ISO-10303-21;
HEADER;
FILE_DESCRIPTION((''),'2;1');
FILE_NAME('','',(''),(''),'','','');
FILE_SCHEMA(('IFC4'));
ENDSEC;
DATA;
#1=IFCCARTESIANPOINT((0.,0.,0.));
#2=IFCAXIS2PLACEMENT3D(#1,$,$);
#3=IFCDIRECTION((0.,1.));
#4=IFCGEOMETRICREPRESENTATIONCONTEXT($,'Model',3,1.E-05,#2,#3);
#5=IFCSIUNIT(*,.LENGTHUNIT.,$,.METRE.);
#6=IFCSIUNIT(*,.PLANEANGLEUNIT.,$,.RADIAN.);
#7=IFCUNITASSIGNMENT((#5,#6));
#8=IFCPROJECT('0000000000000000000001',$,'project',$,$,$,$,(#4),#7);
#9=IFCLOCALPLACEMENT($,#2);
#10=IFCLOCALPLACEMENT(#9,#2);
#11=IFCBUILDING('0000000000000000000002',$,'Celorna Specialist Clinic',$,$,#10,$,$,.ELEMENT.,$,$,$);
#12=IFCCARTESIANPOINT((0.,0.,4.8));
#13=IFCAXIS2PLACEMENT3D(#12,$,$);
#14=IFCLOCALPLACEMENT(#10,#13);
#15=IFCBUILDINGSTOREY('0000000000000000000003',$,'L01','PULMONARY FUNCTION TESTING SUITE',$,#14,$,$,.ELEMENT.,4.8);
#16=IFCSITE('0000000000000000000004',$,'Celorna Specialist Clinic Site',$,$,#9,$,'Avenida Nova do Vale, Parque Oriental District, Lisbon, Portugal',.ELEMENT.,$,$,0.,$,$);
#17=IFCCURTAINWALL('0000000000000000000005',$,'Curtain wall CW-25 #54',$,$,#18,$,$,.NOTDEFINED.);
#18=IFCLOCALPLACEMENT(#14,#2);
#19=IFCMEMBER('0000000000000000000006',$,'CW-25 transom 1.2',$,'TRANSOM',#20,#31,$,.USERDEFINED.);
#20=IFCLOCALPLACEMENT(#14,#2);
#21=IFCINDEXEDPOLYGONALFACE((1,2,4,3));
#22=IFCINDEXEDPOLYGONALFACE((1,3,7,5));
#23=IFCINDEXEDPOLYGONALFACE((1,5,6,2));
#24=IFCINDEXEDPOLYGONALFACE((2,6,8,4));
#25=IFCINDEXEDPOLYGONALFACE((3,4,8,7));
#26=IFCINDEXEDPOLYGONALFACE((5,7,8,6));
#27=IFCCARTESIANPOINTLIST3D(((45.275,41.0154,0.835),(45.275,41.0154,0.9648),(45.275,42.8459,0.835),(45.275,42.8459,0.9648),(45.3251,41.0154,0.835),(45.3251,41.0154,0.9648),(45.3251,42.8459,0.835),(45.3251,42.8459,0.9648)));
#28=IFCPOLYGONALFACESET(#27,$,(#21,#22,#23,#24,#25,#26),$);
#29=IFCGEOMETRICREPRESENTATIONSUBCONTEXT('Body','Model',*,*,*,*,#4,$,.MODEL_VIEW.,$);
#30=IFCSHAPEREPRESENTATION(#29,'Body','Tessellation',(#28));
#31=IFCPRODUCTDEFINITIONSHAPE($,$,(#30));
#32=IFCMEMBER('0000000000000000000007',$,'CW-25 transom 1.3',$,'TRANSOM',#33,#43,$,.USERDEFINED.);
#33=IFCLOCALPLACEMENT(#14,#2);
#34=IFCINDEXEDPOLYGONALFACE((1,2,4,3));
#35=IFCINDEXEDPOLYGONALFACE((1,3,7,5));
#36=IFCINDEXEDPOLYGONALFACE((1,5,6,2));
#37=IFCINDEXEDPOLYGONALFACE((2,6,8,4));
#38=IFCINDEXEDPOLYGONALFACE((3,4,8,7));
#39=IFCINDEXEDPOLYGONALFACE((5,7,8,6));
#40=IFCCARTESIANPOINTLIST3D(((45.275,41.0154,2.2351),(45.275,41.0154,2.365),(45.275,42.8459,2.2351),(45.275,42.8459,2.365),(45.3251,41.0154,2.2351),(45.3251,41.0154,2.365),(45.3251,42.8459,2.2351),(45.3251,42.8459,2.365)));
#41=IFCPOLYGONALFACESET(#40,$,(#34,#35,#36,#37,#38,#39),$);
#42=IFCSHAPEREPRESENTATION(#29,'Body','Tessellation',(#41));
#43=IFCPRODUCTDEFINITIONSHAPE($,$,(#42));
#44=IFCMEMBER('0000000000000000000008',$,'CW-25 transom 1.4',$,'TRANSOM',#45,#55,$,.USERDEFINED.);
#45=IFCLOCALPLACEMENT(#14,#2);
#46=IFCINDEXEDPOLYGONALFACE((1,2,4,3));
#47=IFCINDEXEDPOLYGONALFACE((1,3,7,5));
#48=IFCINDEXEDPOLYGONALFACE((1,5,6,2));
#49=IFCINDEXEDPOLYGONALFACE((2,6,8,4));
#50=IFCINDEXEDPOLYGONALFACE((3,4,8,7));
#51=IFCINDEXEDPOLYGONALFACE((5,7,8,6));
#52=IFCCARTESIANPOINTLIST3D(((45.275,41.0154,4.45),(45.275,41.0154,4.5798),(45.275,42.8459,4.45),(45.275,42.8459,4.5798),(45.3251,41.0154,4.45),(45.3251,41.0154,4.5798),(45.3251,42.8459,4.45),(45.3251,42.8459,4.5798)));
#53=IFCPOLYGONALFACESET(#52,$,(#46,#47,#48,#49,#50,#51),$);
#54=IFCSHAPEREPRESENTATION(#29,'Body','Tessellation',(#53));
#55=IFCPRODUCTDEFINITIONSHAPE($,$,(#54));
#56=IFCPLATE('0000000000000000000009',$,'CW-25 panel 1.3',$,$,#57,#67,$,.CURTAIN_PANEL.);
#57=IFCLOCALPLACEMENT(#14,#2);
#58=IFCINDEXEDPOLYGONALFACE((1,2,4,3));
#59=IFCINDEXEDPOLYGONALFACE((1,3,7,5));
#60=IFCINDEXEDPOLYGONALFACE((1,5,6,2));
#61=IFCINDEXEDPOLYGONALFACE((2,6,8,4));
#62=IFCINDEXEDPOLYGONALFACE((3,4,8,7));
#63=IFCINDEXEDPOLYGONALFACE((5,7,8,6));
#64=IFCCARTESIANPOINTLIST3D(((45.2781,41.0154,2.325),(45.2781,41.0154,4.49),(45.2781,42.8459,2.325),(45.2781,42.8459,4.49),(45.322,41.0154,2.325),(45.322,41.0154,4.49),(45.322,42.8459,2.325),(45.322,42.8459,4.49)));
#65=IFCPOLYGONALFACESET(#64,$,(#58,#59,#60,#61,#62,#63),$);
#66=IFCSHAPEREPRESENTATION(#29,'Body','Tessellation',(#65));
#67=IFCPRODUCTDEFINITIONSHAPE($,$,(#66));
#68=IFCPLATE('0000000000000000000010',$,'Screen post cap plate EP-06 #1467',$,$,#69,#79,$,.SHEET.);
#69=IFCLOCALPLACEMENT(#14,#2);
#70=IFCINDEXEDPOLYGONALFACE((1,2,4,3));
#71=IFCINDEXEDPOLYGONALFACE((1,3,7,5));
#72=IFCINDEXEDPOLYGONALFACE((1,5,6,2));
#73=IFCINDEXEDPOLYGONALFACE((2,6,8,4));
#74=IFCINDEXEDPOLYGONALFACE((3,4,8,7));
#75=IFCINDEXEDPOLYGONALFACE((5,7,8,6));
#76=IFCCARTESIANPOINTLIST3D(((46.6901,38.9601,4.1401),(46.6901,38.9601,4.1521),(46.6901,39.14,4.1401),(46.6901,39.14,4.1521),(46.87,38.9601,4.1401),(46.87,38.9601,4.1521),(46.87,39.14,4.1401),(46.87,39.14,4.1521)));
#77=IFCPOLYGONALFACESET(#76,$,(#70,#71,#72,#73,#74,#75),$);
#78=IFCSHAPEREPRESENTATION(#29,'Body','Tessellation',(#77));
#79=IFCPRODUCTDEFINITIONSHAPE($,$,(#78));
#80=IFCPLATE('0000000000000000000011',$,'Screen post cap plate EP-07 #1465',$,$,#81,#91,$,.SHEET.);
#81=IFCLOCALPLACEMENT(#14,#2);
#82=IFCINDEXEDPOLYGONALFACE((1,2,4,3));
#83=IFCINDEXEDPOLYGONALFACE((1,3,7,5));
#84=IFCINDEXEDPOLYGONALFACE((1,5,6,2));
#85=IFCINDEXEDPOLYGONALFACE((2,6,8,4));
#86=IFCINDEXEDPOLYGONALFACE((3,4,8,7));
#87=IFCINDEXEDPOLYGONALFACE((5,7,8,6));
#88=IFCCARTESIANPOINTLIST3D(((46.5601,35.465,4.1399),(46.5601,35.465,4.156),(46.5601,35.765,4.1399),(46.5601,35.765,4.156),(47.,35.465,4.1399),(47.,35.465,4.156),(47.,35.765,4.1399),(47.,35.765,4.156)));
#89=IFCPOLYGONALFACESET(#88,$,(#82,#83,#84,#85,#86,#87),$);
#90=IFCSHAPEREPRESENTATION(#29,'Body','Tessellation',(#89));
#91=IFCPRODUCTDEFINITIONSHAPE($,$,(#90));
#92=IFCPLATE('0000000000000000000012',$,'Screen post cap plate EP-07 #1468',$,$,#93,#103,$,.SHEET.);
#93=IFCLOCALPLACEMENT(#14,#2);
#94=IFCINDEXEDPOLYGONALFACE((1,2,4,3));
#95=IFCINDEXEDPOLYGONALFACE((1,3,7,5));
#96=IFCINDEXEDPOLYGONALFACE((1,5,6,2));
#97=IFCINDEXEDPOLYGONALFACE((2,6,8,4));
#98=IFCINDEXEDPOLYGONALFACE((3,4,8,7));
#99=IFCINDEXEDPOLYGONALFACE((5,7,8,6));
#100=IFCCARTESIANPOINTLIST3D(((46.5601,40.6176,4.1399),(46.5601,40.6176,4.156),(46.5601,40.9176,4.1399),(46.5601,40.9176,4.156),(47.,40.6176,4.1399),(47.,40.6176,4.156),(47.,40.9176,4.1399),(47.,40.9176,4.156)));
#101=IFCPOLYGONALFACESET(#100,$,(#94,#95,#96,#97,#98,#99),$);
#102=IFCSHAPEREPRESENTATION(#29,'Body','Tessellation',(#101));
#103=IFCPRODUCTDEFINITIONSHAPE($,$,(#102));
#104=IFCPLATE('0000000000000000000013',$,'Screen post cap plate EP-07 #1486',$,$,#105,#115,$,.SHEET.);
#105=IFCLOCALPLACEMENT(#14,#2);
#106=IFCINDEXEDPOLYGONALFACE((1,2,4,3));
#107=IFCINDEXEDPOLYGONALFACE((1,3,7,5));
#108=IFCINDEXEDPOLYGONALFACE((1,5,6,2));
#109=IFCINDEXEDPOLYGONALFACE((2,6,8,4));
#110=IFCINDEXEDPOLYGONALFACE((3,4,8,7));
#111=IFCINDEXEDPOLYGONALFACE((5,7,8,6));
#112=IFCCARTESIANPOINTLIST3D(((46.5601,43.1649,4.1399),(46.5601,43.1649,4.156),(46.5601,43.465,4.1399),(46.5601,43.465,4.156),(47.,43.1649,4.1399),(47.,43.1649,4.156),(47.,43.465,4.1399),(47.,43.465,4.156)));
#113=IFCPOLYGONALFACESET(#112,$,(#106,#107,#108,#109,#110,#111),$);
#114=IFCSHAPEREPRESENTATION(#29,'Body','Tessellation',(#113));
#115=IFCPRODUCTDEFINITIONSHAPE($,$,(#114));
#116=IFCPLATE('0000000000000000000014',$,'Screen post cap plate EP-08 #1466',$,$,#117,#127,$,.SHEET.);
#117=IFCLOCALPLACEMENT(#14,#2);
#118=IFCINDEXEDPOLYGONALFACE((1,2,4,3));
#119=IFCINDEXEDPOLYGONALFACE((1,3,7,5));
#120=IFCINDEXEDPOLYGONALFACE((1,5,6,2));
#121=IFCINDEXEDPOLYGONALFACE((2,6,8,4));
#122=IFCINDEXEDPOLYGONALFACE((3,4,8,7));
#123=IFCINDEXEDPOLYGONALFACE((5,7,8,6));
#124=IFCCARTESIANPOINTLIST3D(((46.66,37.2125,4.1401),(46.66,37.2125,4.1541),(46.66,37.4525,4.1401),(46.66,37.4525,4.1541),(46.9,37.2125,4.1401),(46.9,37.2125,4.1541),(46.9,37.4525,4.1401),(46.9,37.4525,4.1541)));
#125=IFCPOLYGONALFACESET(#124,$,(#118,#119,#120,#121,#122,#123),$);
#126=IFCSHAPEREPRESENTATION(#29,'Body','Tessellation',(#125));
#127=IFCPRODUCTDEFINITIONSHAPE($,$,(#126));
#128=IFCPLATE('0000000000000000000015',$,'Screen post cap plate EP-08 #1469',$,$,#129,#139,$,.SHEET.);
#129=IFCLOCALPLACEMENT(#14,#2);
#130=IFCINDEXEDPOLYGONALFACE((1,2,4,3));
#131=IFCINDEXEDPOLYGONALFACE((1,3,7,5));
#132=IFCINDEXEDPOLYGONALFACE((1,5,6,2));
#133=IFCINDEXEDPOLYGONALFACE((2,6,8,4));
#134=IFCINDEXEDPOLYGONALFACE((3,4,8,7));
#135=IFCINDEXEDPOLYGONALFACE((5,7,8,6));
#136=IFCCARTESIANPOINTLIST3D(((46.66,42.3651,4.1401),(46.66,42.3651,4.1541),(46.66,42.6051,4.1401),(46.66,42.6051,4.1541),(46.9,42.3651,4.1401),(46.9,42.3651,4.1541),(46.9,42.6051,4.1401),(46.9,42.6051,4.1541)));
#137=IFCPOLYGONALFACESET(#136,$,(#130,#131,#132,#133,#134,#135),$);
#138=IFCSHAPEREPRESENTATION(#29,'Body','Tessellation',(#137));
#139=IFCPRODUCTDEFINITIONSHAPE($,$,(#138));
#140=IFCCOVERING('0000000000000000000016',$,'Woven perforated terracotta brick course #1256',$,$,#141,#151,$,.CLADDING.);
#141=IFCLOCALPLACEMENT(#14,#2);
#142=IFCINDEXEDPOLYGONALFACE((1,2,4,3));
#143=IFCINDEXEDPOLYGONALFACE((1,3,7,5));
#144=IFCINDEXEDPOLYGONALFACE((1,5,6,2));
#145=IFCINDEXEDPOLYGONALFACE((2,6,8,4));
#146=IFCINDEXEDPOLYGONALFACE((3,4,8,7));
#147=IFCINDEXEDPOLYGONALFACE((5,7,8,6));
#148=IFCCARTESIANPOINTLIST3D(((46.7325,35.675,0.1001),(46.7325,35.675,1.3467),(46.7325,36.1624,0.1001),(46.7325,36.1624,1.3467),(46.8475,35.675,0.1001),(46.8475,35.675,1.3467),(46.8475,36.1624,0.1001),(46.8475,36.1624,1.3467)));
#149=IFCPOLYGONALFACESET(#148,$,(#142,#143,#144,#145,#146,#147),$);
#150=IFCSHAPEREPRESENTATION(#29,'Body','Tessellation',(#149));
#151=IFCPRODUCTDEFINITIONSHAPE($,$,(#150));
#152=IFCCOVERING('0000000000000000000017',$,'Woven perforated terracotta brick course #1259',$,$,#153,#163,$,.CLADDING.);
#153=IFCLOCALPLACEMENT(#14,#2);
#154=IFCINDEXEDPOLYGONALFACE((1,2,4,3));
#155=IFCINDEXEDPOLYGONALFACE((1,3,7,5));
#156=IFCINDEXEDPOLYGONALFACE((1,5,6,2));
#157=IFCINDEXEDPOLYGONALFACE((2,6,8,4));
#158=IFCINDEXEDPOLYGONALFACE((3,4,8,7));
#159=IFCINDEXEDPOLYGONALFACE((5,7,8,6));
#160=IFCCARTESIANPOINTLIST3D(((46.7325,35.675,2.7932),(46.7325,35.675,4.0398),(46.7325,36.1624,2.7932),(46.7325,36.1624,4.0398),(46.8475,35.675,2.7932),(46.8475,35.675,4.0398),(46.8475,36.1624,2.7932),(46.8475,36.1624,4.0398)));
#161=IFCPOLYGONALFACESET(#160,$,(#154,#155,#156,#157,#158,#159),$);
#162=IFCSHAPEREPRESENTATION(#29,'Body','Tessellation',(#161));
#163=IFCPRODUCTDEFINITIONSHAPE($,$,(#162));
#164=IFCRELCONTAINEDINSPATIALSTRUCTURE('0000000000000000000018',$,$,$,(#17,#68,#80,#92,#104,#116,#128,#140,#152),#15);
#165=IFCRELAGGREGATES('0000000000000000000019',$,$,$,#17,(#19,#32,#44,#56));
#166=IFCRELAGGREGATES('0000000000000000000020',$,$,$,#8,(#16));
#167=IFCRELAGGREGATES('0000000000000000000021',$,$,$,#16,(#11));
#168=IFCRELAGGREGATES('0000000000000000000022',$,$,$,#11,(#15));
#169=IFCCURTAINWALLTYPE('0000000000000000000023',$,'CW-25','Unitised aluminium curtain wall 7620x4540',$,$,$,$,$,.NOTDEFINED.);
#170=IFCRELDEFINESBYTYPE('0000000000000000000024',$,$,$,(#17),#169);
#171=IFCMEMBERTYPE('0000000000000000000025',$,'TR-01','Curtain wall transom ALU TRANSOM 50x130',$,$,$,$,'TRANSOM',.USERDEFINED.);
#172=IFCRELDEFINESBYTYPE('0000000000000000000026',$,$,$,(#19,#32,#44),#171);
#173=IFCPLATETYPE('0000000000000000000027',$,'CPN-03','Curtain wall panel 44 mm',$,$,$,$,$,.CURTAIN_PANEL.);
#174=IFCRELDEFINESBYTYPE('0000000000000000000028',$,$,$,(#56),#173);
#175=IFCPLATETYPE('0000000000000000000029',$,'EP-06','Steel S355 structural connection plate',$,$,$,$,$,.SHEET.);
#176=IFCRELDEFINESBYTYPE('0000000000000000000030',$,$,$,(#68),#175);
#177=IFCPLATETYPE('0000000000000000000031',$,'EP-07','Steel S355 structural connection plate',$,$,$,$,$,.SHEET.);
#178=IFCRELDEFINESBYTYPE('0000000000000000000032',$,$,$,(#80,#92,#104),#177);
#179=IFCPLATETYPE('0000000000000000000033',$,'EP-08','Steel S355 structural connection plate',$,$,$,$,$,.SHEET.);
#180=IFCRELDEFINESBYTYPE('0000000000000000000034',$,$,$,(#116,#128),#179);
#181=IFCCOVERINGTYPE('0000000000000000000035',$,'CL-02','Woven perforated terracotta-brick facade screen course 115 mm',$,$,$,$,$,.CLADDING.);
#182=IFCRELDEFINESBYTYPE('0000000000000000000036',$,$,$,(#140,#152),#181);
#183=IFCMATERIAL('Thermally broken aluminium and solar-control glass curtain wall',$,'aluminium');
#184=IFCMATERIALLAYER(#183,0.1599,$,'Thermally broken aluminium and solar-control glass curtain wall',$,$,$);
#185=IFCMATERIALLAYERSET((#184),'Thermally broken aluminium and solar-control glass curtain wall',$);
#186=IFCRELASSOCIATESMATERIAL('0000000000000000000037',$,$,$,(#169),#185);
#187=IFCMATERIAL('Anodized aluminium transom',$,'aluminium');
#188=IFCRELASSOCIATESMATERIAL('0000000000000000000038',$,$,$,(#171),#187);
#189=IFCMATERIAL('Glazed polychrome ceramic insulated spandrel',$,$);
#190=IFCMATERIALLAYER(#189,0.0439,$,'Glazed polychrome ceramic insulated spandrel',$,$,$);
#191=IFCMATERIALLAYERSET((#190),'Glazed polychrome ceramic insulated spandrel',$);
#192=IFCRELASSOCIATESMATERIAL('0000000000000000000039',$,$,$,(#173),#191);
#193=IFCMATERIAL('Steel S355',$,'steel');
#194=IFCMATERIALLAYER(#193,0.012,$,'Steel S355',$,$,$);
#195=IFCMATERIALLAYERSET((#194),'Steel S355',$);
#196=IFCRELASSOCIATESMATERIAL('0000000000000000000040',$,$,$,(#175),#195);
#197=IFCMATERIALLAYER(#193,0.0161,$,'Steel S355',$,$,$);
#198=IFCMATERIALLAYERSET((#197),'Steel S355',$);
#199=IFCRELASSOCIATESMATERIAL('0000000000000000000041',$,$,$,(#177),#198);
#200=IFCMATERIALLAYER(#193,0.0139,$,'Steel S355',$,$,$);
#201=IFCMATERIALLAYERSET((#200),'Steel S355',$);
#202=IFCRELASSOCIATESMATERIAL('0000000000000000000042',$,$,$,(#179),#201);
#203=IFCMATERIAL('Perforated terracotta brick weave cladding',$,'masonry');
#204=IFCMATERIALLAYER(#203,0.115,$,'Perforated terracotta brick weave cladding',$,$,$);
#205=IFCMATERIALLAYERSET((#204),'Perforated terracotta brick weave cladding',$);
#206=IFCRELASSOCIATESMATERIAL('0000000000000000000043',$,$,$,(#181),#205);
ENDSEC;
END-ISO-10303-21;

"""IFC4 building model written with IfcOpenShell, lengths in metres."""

from ifc_helpers import new_model, si_unit, direction, frame, origin, origin_2d, place, context, subcontext, project, spatial, rectangle, extrude, material, layer, layer_set, material_profile, profile_set, type_object, element, aggregate, save


model = new_model("IFC4")

# Units and contexts
model_context = context("Model", 3, precision=1e-05, world=origin(), true_north=direction((0.0, 1.0)))
body_context = subcontext(model_context, "Body", "Model", "MODEL_VIEW")
ifc_project = project(units=[si_unit("LENGTHUNIT", "METRE"), si_unit("PLANEANGLEUNIT", "RADIAN")], contexts=[model_context])

# Site, building, storey
site_placement = place(None, origin())
site = spatial("IfcSite", under=ifc_project, at=site_placement, Name="Celorna Specialist Clinic Site", LongName="Avenida Nova do Vale, Parque Oriental District, Lisbon, Portugal", CompositionType="ELEMENT", RefElevation=0.0)
building_placement = place(site_placement, origin())
building = spatial("IfcBuilding", under=site, at=building_placement, Name="Celorna Specialist Clinic", CompositionType="ELEMENT")
storey_placement = place(building_placement, frame((0.0, 0.0, 4.8)))
storey = spatial("IfcBuildingStorey", under=building, at=storey_placement, Name="L01", Description="PULMONARY FUNCTION TESTING SUITE", CompositionType="ELEMENT", Elevation=4.8)

# Shared definitions
ifc_material_1 = material(Name="Steel S355", Category="steel")

# Curtain wall, members, plate
ifc_material_2 = material(Name="Thermally broken aluminium and solar-control glass curtain wall", Category="aluminium")
ifc_layer_1 = layer(ifc_material_2, 0.1599, Name="Thermally broken aluminium and solar-control glass curtain wall")
ifc_layer_set_1 = layer_set([ifc_layer_1], Name="Thermally broken aluminium and solar-control glass curtain wall")
curtain_wall_type = type_object("IfcCurtainWallType", Name="CW-25", Description="Unitised aluminium curtain wall 7620x4540", PredefinedType="NOTDEFINED", material=ifc_layer_set_1)
curtain_wall_placement = place(storey_placement, origin())
curtain_wall = element("IfcCurtainWall", 1, at=curtain_wall_placement, inside=storey, type_object=curtain_wall_type, Name="Curtain wall CW-25 #54", PredefinedType="NOTDEFINED")
ifc_material_3 = material(Name="Anodized aluminium transom", Category="aluminium")
ifc_material_profile_1 = material_profile(ifc_material_3, rectangle(XDim=0.05, YDim=0.1299, at=origin_2d()), Name="ALU TRANSOM 50x130")
ifc_profile_set_1 = profile_set([ifc_material_profile_1], Name="Anodized aluminium transom")
member_type_1 = type_object("IfcMemberType", Name="TR-01", Description="Curtain wall transom ALU TRANSOM 50x130", ElementType="TRANSOM", PredefinedType="USERDEFINED", material=ifc_profile_set_1)
member_1_placement = place(storey_placement, frame((45.3, 42.8459, 0.8999), z_axis=(0.0, -1.0, 0.0), x_axis=(1.0, 0.0, 0.0)))
member_1 = element("IfcMember", 2, at=member_1_placement, type_object=member_type_1, Name="CW-25 transom 1.2", ObjectType="TRANSOM", PredefinedType="USERDEFINED", context=body_context, shape_type="SweptSolid", body=[
    extrude(rectangle(XDim=0.05, YDim=0.1299, at=origin_2d()), origin(), (0.0, 0.0, 1.0), 1.8306),
])
member_2_placement = place(storey_placement, frame((45.3, 42.8459, 2.3), z_axis=(0.0, -1.0, 0.0), x_axis=(1.0, 0.0, 0.0)))
member_2 = element("IfcMember", 3, at=member_2_placement, type_object=member_type_1, Name="CW-25 transom 1.3", ObjectType="TRANSOM", PredefinedType="USERDEFINED", context=body_context, shape_type="SweptSolid", body=[
    extrude(rectangle(XDim=0.05, YDim=0.1299, at=origin_2d()), origin(), (0.0, 0.0, 1.0), 1.8306),
])
member_3_placement = place(storey_placement, frame((45.3, 42.8459, 4.5149), z_axis=(0.0, -1.0, 0.0), x_axis=(1.0, 0.0, 0.0)))
member_3 = element("IfcMember", 4, at=member_3_placement, type_object=member_type_1, Name="CW-25 transom 1.4", ObjectType="TRANSOM", PredefinedType="USERDEFINED", context=body_context, shape_type="SweptSolid", body=[
    extrude(rectangle(XDim=0.05, YDim=0.1299, at=origin_2d()), origin(), (0.0, 0.0, 1.0), 1.8306),
])
ifc_material_4 = material(Name="Glazed polychrome ceramic insulated spandrel")
ifc_layer_2 = layer(ifc_material_4, 0.0439, Name="Glazed polychrome ceramic insulated spandrel")
ifc_layer_set_2 = layer_set([ifc_layer_2], Name="Glazed polychrome ceramic insulated spandrel")
plate_type_1 = type_object("IfcPlateType", Name="CPN-03", Description="Curtain wall panel 44 mm", PredefinedType="CURTAIN_PANEL", material=ifc_layer_set_2)
plate_1_placement = place(storey_placement, frame((45.3, 41.9307, 2.325), z_axis=(0.0, 0.0, 1.0), x_axis=(0.0, -1.0, 0.0)))
plate_1 = element("IfcPlate", 5, at=plate_1_placement, type_object=plate_type_1, Name="CW-25 panel 1.3", PredefinedType="CURTAIN_PANEL", context=body_context, shape_type="SweptSolid", body=[
    extrude(rectangle(XDim=1.8306, YDim=0.0439, at=origin_2d()), origin(), (0.0, 0.0, 1.0), 2.165),
])
aggregate(curtain_wall, [member_1, member_2, member_3, plate_1])

# Plates
ifc_layer_3 = layer(ifc_material_1, 0.012, Name="Steel S355")
ifc_layer_set_3 = layer_set([ifc_layer_3], Name="Steel S355")
plate_type_2 = type_object("IfcPlateType", Name="EP-06", Description="Steel S355 structural connection plate", PredefinedType="SHEET", material=ifc_layer_set_3)
plate_2_placement = place(storey_placement, frame((46.78, 39.05, 4.1401), z_axis=(0.0, 0.0, 1.0), x_axis=(0.0, 1.0, 0.0)))
element("IfcPlate", 6, at=plate_2_placement, inside=storey, type_object=plate_type_2, Name="Screen post cap plate EP-06 #1467", PredefinedType="SHEET", context=body_context, shape_type="SweptSolid", body=[
    extrude(rectangle(XDim=0.1799, YDim=0.1799, at=origin_2d()), origin(), (0.0, 0.0, 1.0), 0.012),
])
ifc_layer_4 = layer(ifc_material_1, 0.0161, Name="Steel S355")
ifc_layer_set_4 = layer_set([ifc_layer_4], Name="Steel S355")
plate_type_3 = type_object("IfcPlateType", Name="EP-07", Description="Steel S355 structural connection plate", PredefinedType="SHEET", material=ifc_layer_set_4)
for number, where, z_axis, x_axis, name in (
    (7, (46.78, 35.615, 4.1399), (0.0, 0.0, 1.0), (0.0, 1.0, 0.0), "Screen post cap plate EP-07 #1465"),
    (8, (46.78, 40.7676, 4.1399), (0.0, 0.0, 1.0), (0.0, 1.0, 0.0), "Screen post cap plate EP-07 #1468"),
    (9, (46.78, 43.3149, 4.1399), (0.0, 0.0, 1.0), (0.0, 1.0, 0.0), "Screen post cap plate EP-07 #1486"),
):
    element("IfcPlate", number, at=place(storey_placement, frame(where, z_axis=z_axis, x_axis=x_axis)), inside=storey, type_object=plate_type_3, Name=name, PredefinedType="SHEET", context=body_context, shape_type="SweptSolid", body=[
        extrude(rectangle(XDim=0.3, YDim=0.4399, at=origin_2d()), origin(), (0.0, 0.0, 1.0), 0.0161),
    ])
ifc_layer_5 = layer(ifc_material_1, 0.0139, Name="Steel S355")
ifc_layer_set_5 = layer_set([ifc_layer_5], Name="Steel S355")
plate_type_4 = type_object("IfcPlateType", Name="EP-08", Description="Steel S355 structural connection plate", PredefinedType="SHEET", material=ifc_layer_set_5)
for number, where, z_axis, x_axis, name in (
    (10, (46.78, 37.3325, 4.1401), (0.0, 0.0, 1.0), (0.0, 1.0, 0.0), "Screen post cap plate EP-08 #1466"),
    (11, (46.78, 42.4851, 4.1401), (0.0, 0.0, 1.0), (0.0, 1.0, 0.0), "Screen post cap plate EP-08 #1469"),
):
    element("IfcPlate", number, at=place(storey_placement, frame(where, z_axis=z_axis, x_axis=x_axis)), inside=storey, type_object=plate_type_4, Name=name, PredefinedType="SHEET", context=body_context, shape_type="SweptSolid", body=[
        extrude(rectangle(XDim=0.24, YDim=0.24, at=origin_2d()), origin(), (0.0, 0.0, 1.0), 0.0139),
    ])

# Coverings
ifc_material_5 = material(Name="Perforated terracotta brick weave cladding", Category="masonry")
ifc_layer_6 = layer(ifc_material_5, 0.115, Name="Perforated terracotta brick weave cladding")
ifc_layer_set_6 = layer_set([ifc_layer_6], Name="Perforated terracotta brick weave cladding")
covering_type = type_object("IfcCoveringType", Name="CL-02", Description="Woven perforated terracotta-brick facade screen course 115 mm", PredefinedType="CLADDING", material=ifc_layer_set_6)
for number, where, z_axis, x_axis, name in (
    (12, (46.79, 35.9187, 0.1001), (0.0, 0.0, 1.0), (0.0, 1.0, 0.0), "Woven perforated terracotta brick course #1256"),
    (13, (46.79, 35.9187, 2.7932), (0.0, 0.0, 1.0), (0.0, 1.0, 0.0), "Woven perforated terracotta brick course #1259"),
):
    element("IfcCovering", number, at=place(storey_placement, frame(where, z_axis=z_axis, x_axis=x_axis)), inside=storey, type_object=covering_type, Name=name, PredefinedType="CLADDING", context=body_context, shape_type="SweptSolid", body=[
        extrude(rectangle(XDim=0.4873, YDim=0.115, at=origin_2d()), origin(), (0.0, 0.0, 1.0), 1.2466),
    ])

save(model, "model.ifc")
